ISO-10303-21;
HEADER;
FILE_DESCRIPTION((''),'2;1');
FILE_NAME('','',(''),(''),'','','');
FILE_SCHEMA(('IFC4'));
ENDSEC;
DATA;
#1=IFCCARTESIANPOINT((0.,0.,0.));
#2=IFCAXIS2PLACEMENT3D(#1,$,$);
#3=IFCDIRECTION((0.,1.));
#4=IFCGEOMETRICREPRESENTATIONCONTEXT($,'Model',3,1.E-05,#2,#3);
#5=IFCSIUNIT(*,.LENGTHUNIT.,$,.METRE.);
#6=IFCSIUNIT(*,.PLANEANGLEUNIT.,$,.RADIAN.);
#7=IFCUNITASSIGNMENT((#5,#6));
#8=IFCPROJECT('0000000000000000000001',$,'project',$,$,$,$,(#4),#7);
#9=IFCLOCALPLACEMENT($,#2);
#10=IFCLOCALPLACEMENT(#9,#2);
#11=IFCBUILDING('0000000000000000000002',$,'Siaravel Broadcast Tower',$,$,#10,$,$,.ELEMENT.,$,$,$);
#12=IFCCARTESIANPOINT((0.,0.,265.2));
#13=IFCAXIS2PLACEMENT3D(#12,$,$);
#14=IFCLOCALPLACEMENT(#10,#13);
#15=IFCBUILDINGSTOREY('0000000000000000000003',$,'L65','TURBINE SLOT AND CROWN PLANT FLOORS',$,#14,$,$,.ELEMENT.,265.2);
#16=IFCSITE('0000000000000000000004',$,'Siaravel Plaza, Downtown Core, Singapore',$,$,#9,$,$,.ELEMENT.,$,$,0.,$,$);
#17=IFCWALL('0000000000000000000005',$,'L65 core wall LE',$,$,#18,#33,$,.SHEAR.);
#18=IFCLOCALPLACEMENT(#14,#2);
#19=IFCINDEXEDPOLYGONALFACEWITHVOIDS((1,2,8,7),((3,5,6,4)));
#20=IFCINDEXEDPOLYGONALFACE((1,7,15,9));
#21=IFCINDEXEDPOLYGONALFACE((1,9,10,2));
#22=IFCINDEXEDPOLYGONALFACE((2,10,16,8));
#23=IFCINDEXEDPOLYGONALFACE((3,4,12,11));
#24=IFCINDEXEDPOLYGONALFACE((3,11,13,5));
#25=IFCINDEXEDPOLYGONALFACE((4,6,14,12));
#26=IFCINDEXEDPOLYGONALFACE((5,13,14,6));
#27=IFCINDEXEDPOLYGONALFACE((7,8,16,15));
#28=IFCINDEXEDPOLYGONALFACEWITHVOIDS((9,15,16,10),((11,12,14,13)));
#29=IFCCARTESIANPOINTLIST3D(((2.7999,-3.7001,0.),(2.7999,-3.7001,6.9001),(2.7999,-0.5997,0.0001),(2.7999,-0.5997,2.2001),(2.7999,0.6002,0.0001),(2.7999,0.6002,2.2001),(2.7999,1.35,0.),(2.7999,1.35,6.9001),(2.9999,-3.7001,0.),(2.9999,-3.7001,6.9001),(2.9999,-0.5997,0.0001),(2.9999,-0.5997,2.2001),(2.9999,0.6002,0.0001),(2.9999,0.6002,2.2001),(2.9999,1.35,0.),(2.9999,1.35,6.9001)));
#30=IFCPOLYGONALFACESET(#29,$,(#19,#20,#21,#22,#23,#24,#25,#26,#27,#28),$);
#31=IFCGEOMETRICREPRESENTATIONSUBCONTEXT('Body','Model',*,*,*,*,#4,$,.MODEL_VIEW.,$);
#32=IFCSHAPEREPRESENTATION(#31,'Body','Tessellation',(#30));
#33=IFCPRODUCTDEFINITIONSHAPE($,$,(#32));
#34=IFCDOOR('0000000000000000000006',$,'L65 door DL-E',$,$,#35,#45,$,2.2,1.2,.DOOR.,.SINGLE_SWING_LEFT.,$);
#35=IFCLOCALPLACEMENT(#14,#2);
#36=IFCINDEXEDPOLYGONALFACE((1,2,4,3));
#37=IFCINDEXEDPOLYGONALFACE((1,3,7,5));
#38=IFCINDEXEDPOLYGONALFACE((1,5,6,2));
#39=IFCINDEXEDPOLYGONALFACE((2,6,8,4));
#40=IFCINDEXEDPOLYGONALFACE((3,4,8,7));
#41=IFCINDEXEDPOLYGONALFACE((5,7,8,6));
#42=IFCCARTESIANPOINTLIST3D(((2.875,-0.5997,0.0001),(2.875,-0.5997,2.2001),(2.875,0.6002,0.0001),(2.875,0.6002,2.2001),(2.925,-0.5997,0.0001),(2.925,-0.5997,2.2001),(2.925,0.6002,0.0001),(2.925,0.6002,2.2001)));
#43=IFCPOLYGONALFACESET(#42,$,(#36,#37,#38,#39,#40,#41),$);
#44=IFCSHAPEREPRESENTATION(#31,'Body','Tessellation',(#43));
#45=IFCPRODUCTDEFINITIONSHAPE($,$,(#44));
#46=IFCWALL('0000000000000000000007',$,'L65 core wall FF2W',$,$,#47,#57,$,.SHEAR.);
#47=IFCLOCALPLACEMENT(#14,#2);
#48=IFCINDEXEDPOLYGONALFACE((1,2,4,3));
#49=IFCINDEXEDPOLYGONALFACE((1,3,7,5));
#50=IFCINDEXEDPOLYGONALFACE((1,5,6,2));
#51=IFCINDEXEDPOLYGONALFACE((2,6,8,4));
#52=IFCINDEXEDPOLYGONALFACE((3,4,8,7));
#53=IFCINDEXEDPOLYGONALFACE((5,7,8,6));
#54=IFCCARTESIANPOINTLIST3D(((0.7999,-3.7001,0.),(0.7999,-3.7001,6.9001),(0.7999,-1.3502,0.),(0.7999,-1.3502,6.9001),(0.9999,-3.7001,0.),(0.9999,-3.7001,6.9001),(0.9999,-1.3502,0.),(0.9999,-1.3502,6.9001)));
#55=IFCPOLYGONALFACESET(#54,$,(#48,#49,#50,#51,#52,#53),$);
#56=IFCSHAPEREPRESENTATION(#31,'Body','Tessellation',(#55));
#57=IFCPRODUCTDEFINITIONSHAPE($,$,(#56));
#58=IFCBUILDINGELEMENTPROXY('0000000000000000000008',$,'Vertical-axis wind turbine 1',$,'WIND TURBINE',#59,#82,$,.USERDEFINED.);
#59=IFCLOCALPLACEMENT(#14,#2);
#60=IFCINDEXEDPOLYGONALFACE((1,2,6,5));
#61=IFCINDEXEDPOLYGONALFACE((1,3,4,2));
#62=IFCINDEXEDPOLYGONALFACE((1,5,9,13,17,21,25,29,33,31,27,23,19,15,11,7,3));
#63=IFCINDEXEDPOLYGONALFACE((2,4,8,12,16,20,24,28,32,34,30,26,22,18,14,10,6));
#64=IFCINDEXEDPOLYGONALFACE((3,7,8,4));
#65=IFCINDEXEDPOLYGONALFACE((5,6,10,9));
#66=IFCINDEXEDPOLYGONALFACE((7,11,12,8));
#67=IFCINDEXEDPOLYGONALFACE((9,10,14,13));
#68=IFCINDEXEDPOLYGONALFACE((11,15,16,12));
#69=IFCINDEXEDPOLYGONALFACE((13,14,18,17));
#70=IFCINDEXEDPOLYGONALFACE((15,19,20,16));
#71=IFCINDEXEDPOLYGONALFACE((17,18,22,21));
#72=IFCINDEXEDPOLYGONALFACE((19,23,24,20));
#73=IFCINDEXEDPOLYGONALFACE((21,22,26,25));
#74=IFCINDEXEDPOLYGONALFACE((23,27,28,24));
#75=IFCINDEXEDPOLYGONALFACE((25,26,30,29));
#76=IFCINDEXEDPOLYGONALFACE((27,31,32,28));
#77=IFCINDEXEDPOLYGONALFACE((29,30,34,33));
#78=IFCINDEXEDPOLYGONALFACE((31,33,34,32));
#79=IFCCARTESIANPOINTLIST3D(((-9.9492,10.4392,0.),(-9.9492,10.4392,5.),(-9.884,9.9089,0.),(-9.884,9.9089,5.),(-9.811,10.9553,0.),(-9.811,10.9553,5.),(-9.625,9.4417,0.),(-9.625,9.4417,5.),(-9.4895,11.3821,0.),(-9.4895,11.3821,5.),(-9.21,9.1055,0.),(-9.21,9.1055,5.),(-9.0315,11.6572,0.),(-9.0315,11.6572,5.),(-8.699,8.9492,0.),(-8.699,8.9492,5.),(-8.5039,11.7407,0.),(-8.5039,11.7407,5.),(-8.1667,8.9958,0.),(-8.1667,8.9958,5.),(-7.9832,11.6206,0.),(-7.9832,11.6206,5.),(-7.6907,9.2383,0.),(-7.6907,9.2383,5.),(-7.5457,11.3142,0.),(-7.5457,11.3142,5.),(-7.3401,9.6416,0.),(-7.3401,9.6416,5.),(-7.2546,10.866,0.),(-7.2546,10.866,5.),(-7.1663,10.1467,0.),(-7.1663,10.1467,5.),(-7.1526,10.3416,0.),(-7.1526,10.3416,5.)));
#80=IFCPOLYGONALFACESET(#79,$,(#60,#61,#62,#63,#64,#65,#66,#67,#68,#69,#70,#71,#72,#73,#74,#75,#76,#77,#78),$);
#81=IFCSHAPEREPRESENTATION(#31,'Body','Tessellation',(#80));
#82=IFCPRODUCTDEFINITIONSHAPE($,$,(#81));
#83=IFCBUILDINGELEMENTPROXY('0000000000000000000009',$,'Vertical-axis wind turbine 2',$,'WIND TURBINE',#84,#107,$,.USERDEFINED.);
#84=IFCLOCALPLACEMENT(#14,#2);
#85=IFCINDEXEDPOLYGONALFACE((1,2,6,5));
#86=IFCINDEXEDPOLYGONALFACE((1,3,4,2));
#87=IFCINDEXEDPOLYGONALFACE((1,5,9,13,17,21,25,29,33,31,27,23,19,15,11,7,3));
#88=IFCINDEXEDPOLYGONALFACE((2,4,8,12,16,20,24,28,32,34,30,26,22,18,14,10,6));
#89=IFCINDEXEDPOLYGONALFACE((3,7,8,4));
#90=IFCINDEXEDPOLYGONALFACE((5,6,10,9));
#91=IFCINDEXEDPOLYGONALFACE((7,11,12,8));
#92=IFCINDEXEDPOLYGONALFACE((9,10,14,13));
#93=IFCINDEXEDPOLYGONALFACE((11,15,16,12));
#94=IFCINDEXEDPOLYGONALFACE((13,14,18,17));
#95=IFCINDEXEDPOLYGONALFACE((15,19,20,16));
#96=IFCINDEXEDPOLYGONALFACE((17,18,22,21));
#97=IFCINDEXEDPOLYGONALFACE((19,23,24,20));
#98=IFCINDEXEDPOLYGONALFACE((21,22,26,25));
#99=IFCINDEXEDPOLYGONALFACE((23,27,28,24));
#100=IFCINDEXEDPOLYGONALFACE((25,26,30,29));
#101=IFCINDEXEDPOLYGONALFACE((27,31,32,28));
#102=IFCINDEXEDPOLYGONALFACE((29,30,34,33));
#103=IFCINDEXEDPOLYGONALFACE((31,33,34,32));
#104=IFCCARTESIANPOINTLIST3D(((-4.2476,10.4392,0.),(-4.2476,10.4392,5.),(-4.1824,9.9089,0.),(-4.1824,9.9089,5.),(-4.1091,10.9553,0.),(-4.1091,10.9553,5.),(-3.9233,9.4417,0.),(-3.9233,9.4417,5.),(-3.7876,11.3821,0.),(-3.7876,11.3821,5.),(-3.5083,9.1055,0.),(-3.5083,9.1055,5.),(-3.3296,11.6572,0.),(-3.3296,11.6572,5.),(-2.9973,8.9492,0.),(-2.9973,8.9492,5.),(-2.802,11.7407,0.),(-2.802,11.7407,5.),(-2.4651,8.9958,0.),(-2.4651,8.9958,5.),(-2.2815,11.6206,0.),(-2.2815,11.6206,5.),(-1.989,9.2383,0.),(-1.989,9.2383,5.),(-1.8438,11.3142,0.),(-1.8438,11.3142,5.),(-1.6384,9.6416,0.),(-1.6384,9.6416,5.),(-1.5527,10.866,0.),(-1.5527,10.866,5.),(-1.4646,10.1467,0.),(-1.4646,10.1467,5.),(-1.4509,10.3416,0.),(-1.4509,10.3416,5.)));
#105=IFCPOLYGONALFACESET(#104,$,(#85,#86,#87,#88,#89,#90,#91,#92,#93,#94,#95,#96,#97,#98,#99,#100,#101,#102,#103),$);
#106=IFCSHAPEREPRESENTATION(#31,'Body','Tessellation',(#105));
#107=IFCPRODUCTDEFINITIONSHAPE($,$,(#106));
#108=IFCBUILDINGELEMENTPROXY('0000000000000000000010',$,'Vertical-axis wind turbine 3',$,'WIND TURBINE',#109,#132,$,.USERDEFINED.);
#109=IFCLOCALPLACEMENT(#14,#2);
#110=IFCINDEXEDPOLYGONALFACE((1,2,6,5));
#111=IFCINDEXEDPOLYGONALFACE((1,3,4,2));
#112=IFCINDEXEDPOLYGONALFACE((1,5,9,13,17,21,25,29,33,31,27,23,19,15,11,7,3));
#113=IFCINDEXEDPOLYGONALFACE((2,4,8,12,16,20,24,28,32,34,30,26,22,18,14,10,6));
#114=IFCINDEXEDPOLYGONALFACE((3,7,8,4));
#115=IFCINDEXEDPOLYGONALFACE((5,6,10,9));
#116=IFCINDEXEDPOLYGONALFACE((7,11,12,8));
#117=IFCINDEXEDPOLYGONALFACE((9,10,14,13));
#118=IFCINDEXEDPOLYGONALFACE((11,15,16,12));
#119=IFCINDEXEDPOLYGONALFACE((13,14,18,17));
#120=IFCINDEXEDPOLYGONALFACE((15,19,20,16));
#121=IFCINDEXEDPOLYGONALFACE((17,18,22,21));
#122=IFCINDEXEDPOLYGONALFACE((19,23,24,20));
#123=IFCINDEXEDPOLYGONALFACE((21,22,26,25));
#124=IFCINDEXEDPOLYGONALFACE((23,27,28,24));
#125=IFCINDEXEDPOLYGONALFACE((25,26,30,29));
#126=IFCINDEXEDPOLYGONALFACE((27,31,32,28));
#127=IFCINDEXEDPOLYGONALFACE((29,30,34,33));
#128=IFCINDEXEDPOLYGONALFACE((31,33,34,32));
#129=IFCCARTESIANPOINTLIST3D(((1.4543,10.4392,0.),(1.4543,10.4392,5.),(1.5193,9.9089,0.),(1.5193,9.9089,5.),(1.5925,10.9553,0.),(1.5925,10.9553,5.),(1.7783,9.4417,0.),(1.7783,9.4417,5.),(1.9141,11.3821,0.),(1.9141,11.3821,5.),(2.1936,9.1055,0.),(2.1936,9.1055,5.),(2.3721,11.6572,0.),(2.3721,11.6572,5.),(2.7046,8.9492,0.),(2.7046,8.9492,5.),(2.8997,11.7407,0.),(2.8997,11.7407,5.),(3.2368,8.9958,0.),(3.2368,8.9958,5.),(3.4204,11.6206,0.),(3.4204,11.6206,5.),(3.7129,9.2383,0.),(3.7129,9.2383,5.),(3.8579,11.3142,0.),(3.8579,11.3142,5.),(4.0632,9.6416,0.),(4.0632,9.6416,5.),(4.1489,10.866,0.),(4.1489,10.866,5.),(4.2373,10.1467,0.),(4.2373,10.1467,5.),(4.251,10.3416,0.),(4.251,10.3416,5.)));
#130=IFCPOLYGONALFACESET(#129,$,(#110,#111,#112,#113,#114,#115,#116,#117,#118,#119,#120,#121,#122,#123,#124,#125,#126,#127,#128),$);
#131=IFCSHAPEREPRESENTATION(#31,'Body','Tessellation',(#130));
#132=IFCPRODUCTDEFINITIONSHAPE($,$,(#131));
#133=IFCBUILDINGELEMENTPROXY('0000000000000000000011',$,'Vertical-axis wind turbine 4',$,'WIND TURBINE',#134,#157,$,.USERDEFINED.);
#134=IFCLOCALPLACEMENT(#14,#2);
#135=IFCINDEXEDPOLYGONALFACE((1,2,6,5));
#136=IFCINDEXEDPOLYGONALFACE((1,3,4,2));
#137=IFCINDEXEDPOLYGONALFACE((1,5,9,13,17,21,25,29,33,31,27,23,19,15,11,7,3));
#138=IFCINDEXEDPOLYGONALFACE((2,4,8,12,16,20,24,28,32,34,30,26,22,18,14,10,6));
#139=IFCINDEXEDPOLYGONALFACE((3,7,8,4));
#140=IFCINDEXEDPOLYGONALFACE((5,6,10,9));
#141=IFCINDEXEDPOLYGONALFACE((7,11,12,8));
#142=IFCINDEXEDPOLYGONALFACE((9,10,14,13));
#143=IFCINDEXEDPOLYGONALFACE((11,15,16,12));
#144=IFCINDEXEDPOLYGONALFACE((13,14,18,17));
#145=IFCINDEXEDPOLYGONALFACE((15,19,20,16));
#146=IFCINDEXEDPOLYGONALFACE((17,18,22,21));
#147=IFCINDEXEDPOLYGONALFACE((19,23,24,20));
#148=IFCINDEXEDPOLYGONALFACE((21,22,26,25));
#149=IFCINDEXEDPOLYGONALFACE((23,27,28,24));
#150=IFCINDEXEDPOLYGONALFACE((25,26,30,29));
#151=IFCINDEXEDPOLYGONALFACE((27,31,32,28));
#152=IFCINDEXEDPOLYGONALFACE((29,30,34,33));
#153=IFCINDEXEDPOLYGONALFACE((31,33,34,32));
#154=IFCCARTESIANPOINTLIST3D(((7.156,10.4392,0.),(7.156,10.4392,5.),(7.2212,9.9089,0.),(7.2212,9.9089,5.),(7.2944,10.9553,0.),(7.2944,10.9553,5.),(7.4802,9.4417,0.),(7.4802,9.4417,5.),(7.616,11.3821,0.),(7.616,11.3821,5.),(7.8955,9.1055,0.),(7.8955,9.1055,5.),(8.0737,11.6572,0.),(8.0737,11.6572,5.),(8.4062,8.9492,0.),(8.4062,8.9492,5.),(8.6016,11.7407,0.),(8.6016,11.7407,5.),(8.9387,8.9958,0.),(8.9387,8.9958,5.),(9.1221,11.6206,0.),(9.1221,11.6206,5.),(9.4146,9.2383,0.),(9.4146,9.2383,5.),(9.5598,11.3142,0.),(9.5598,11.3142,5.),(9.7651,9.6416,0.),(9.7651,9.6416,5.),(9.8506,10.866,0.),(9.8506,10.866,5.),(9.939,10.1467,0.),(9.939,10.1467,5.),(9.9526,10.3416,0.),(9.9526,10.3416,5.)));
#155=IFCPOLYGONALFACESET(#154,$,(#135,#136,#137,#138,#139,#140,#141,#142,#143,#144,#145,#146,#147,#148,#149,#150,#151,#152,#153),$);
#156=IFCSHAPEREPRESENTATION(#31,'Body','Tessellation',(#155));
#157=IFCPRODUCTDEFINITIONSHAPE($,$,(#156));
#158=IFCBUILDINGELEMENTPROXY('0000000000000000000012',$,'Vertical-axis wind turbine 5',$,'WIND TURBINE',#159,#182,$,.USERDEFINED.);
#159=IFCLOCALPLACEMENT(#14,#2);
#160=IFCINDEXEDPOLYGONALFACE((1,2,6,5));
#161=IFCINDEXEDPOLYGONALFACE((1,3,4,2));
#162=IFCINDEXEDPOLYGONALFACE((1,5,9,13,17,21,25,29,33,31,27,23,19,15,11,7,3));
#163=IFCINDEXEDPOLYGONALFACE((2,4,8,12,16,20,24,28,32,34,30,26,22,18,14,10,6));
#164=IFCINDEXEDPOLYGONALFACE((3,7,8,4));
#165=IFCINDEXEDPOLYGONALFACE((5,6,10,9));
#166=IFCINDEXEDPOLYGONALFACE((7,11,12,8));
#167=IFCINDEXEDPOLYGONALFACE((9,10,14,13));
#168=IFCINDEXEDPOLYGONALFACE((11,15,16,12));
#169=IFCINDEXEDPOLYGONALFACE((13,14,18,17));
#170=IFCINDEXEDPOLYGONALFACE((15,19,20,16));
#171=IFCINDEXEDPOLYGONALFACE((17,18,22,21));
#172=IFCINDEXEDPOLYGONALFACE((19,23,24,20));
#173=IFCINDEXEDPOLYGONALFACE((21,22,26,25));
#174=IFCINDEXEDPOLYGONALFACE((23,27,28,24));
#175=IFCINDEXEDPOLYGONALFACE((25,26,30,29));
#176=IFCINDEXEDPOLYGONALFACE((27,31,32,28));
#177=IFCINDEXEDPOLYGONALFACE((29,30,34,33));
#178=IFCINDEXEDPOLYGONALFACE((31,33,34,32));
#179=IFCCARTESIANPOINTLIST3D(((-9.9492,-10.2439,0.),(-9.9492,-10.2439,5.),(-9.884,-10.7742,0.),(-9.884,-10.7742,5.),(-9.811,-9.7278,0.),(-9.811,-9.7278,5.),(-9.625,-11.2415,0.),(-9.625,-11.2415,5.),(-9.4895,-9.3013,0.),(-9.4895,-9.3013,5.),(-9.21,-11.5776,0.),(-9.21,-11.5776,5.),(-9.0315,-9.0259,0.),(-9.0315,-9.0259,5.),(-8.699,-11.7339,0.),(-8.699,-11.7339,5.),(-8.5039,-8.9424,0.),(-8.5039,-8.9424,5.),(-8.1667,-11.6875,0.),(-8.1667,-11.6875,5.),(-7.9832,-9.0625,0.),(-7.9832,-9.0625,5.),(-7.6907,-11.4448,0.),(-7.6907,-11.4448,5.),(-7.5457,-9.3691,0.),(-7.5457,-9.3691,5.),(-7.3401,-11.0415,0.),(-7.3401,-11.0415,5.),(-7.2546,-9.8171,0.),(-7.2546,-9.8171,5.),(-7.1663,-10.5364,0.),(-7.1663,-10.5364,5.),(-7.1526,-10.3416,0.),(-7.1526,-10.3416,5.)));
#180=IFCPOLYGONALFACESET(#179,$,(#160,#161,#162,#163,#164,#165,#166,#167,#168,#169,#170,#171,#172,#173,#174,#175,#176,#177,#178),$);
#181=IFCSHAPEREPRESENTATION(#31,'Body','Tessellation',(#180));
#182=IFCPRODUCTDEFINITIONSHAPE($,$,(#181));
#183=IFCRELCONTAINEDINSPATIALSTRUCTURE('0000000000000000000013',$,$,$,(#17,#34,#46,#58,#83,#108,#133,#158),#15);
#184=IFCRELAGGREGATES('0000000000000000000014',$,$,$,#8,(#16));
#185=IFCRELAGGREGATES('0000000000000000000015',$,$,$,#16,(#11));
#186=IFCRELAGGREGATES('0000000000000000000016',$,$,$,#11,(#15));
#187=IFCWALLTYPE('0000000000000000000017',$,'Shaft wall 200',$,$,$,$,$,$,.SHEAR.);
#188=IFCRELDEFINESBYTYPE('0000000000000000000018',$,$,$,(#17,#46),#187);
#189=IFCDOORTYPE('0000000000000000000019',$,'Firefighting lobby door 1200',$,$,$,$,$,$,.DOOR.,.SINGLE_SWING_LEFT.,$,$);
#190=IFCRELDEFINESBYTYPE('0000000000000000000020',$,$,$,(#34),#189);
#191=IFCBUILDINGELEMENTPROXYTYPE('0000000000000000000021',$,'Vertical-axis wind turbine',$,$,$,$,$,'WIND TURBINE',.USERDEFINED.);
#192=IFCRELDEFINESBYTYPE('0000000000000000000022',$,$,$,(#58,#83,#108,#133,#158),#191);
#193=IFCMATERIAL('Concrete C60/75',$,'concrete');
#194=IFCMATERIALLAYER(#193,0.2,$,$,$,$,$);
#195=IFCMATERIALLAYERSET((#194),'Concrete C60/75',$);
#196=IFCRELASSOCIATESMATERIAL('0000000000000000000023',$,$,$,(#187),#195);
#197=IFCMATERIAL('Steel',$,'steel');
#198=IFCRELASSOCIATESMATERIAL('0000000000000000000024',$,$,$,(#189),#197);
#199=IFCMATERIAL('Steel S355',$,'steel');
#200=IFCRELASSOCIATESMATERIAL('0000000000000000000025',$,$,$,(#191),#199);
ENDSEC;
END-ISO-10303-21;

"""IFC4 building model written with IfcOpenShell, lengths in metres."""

from ifc_helpers import new_model, si_unit, direction, frame, frame_2d, origin, place, context, subcontext, project, spatial, polyline, rectangle, outline, extrude, material, layer, layer_set, type_object, element, fill, save


model = new_model("IFC4")

# Units and contexts
model_context = context("Model", 3, precision=1e-05, world=origin(), true_north=direction((0.0, 1.0)))
body_context = subcontext(model_context, "Body", "Model", "MODEL_VIEW")
ifc_project = project(units=[si_unit("LENGTHUNIT", "METRE"), si_unit("PLANEANGLEUNIT", "RADIAN")], contexts=[model_context])

# Site, building, storey
site_placement = place(None, origin())
site = spatial("IfcSite", under=ifc_project, at=site_placement, Name="Siaravel Plaza, Downtown Core, Singapore", CompositionType="ELEMENT", RefElevation=0.0)
building_placement = place(site_placement, origin())
building = spatial("IfcBuilding", under=site, at=building_placement, Name="Siaravel Broadcast Tower", CompositionType="ELEMENT")
storey_placement = place(building_placement, frame((0.0, 0.0, 265.2)))
storey = spatial("IfcBuildingStorey", under=building, at=storey_placement, Name="L65", Description="TURBINE SLOT AND CROWN PLANT FLOORS", CompositionType="ELEMENT", Elevation=265.2)

# Shared definitions
ifc_material_1 = material(Name="Steel S355", Category="steel")

# Shared definitions
ifc_material_2 = material(Name="Concrete C60/75", Category="concrete")
ifc_layer_1 = layer(ifc_material_2, 0.2)
ifc_layer_set_1 = layer_set([ifc_layer_1], Name="Concrete C60/75")
wall_type_1 = type_object("IfcWallType", Name="Shaft wall 200", PredefinedType="SHEAR", material=ifc_layer_set_1)

# Wall, opening, door
wall_1_placement = place(storey_placement, frame((2.8999, -3.7, 0.0), z_axis=(0.0, 0.0, 1.0), x_axis=(0.0, 1.0, 0.0)))
wall_1 = element("IfcWall", 1, at=wall_1_placement, inside=storey, type_object=wall_type_1, Name="L65 core wall LE", PredefinedType="SHEAR", context=body_context, shape_type="SweptSolid", body=[
    extrude(rectangle(XDim=5.05, YDim=0.2, at=frame_2d((2.5249, 0.0))), origin(), (0.0, 0.0, 1.0), 6.9001),
])
opening_1_placement = place(wall_1_placement, frame((3.1001, 0.0, 0.0)))
opening_1 = element("IfcOpeningElement", 2, at=opening_1_placement, cuts=wall_1, PredefinedType="OPENING", context=body_context, shape_type="SweptSolid", body=[
    extrude(rectangle(XDim=1.2, YDim=2.2, at=frame_2d((0.6001, 1.1001))), frame((0.0, 0.1099, 0.0), z_axis=(0.0, -1.0, 0.0), x_axis=(1.0, 0.0, 0.0)), (0.0, 0.0, 1.0), 0.22),
])
ifc_material_3 = material(Name="Steel", Category="steel")
door_type_1 = type_object("IfcDoorType", Name="Firefighting lobby door 1200", OperationType="SINGLE_SWING_LEFT", PredefinedType="DOOR", material=ifc_material_3)
door_1_placement = place(opening_1_placement, origin())
door_1 = element("IfcDoor", 3, at=door_1_placement, inside=storey, type_object=door_type_1, Name="L65 door DL-E", OperationType="SINGLE_SWING_LEFT", OverallHeight=2.2, OverallWidth=1.2, PredefinedType="DOOR", context=body_context, shape_type="SweptSolid", body=[
    extrude(rectangle(XDim=1.2, YDim=2.2, at=frame_2d((0.6001, 1.1001))), frame((0.0, 0.0249, 0.0), z_axis=(0.0, -1.0, 0.0), x_axis=(1.0, 0.0, 0.0)), (0.0, 0.0, 1.0), 0.05),
])
fill(opening_1, door_1)

# Wall
wall_2_placement = place(storey_placement, frame((0.8999, -3.7, 0.0), z_axis=(0.0, 0.0, 1.0), x_axis=(0.0, 1.0, 0.0)))
element("IfcWall", 4, at=wall_2_placement, inside=storey, type_object=wall_type_1, Name="L65 core wall FF2W", PredefinedType="SHEAR", context=body_context, shape_type="SweptSolid", body=[
    extrude(rectangle(XDim=2.3499, YDim=0.2, at=frame_2d((1.1748, 0.0))), origin(), (0.0, 0.0, 1.0), 6.9001),
])

# Building element proxies
building_element_proxy_type = type_object("IfcBuildingElementProxyType", Name="Vertical-axis wind turbine", ElementType="WIND TURBINE", PredefinedType="USERDEFINED", material=ifc_material_1)
proxy_1_placement = place(storey_placement, origin())
element("IfcBuildingElementProxy", 5, at=proxy_1_placement, inside=storey, type_object=building_element_proxy_type, Name="Vertical-axis wind turbine 1", ObjectType="WIND TURBINE", PredefinedType="USERDEFINED", context=body_context, shape_type="SweptSolid", body=[
    extrude(outline(polyline([(-7.1526, 10.3416), (-7.2546, 10.866), (-7.5457, 11.3142), (-7.9832, 11.6206), (-8.5039, 11.7407), (-9.0315, 11.6572), (-9.4895, 11.3821), (-9.811, 10.9553), (-9.9492, 10.4392), (-9.884, 9.9089), (-9.625, 9.4417), (-9.21, 9.1055), (-8.699, 8.9492), (-8.1667, 8.9958), (-7.6907, 9.2383), (-7.3401, 9.6416), (-7.1663, 10.1467), (-7.1526, 10.3416)])), origin(), (0.0, 0.0, 1.0), 5.0),
])
proxy_2_placement = place(storey_placement, origin())
element("IfcBuildingElementProxy", 6, at=proxy_2_placement, inside=storey, type_object=building_element_proxy_type, Name="Vertical-axis wind turbine 2", ObjectType="WIND TURBINE", PredefinedType="USERDEFINED", context=body_context, shape_type="SweptSolid", body=[
    extrude(outline(polyline([(-1.4509, 10.3416), (-1.5527, 10.866), (-1.8438, 11.3142), (-2.2815, 11.6206), (-2.802, 11.7407), (-3.3296, 11.6572), (-3.7876, 11.3821), (-4.1091, 10.9553), (-4.2476, 10.4392), (-4.1824, 9.9089), (-3.9233, 9.4417), (-3.5083, 9.1055), (-2.9973, 8.9492), (-2.4651, 8.9958), (-1.989, 9.2383), (-1.6384, 9.6416), (-1.4646, 10.1467), (-1.4509, 10.3416)])), origin(), (0.0, 0.0, 1.0), 5.0),
])
proxy_3_placement = place(storey_placement, origin())
element("IfcBuildingElementProxy", 7, at=proxy_3_placement, inside=storey, type_object=building_element_proxy_type, Name="Vertical-axis wind turbine 3", ObjectType="WIND TURBINE", PredefinedType="USERDEFINED", context=body_context, shape_type="SweptSolid", body=[
    extrude(outline(polyline([(4.251, 10.3416), (4.1489, 10.866), (3.8579, 11.3142), (3.4204, 11.6206), (2.8997, 11.7407), (2.3721, 11.6572), (1.9141, 11.3821), (1.5925, 10.9553), (1.4543, 10.4392), (1.5193, 9.9089), (1.7783, 9.4417), (2.1936, 9.1055), (2.7046, 8.9492), (3.2368, 8.9958), (3.7129, 9.2383), (4.0632, 9.6416), (4.2373, 10.1467), (4.251, 10.3416)])), origin(), (0.0, 0.0, 1.0), 5.0),
])
proxy_4_placement = place(storey_placement, origin())
element("IfcBuildingElementProxy", 8, at=proxy_4_placement, inside=storey, type_object=building_element_proxy_type, Name="Vertical-axis wind turbine 4", ObjectType="WIND TURBINE", PredefinedType="USERDEFINED", context=body_context, shape_type="SweptSolid", body=[
    extrude(outline(polyline([(9.9526, 10.3416), (9.8506, 10.866), (9.5598, 11.3142), (9.1221, 11.6206), (8.6016, 11.7407), (8.0737, 11.6572), (7.616, 11.3821), (7.2944, 10.9553), (7.156, 10.4392), (7.2212, 9.9089), (7.4802, 9.4417), (7.8955, 9.1055), (8.4062, 8.9492), (8.9387, 8.9958), (9.4146, 9.2383), (9.7651, 9.6416), (9.939, 10.1467), (9.9526, 10.3416)])), origin(), (0.0, 0.0, 1.0), 5.0),
])
proxy_5_placement = place(storey_placement, origin())
element("IfcBuildingElementProxy", 9, at=proxy_5_placement, inside=storey, type_object=building_element_proxy_type, Name="Vertical-axis wind turbine 5", ObjectType="WIND TURBINE", PredefinedType="USERDEFINED", context=body_context, shape_type="SweptSolid", body=[
    extrude(outline(polyline([(-7.1526, -10.3416), (-7.2546, -9.8171), (-7.5457, -9.3691), (-7.9832, -9.0625), (-8.5039, -8.9424), (-9.0315, -9.0259), (-9.4895, -9.3013), (-9.811, -9.7278), (-9.9492, -10.2439), (-9.884, -10.7742), (-9.625, -11.2415), (-9.21, -11.5776), (-8.699, -11.7339), (-8.1667, -11.6875), (-7.6907, -11.4448), (-7.3401, -11.0415), (-7.1663, -10.5364), (-7.1526, -10.3416)])), origin(), (0.0, 0.0, 1.0), 5.0),
])

save(model, "model.ifc")
